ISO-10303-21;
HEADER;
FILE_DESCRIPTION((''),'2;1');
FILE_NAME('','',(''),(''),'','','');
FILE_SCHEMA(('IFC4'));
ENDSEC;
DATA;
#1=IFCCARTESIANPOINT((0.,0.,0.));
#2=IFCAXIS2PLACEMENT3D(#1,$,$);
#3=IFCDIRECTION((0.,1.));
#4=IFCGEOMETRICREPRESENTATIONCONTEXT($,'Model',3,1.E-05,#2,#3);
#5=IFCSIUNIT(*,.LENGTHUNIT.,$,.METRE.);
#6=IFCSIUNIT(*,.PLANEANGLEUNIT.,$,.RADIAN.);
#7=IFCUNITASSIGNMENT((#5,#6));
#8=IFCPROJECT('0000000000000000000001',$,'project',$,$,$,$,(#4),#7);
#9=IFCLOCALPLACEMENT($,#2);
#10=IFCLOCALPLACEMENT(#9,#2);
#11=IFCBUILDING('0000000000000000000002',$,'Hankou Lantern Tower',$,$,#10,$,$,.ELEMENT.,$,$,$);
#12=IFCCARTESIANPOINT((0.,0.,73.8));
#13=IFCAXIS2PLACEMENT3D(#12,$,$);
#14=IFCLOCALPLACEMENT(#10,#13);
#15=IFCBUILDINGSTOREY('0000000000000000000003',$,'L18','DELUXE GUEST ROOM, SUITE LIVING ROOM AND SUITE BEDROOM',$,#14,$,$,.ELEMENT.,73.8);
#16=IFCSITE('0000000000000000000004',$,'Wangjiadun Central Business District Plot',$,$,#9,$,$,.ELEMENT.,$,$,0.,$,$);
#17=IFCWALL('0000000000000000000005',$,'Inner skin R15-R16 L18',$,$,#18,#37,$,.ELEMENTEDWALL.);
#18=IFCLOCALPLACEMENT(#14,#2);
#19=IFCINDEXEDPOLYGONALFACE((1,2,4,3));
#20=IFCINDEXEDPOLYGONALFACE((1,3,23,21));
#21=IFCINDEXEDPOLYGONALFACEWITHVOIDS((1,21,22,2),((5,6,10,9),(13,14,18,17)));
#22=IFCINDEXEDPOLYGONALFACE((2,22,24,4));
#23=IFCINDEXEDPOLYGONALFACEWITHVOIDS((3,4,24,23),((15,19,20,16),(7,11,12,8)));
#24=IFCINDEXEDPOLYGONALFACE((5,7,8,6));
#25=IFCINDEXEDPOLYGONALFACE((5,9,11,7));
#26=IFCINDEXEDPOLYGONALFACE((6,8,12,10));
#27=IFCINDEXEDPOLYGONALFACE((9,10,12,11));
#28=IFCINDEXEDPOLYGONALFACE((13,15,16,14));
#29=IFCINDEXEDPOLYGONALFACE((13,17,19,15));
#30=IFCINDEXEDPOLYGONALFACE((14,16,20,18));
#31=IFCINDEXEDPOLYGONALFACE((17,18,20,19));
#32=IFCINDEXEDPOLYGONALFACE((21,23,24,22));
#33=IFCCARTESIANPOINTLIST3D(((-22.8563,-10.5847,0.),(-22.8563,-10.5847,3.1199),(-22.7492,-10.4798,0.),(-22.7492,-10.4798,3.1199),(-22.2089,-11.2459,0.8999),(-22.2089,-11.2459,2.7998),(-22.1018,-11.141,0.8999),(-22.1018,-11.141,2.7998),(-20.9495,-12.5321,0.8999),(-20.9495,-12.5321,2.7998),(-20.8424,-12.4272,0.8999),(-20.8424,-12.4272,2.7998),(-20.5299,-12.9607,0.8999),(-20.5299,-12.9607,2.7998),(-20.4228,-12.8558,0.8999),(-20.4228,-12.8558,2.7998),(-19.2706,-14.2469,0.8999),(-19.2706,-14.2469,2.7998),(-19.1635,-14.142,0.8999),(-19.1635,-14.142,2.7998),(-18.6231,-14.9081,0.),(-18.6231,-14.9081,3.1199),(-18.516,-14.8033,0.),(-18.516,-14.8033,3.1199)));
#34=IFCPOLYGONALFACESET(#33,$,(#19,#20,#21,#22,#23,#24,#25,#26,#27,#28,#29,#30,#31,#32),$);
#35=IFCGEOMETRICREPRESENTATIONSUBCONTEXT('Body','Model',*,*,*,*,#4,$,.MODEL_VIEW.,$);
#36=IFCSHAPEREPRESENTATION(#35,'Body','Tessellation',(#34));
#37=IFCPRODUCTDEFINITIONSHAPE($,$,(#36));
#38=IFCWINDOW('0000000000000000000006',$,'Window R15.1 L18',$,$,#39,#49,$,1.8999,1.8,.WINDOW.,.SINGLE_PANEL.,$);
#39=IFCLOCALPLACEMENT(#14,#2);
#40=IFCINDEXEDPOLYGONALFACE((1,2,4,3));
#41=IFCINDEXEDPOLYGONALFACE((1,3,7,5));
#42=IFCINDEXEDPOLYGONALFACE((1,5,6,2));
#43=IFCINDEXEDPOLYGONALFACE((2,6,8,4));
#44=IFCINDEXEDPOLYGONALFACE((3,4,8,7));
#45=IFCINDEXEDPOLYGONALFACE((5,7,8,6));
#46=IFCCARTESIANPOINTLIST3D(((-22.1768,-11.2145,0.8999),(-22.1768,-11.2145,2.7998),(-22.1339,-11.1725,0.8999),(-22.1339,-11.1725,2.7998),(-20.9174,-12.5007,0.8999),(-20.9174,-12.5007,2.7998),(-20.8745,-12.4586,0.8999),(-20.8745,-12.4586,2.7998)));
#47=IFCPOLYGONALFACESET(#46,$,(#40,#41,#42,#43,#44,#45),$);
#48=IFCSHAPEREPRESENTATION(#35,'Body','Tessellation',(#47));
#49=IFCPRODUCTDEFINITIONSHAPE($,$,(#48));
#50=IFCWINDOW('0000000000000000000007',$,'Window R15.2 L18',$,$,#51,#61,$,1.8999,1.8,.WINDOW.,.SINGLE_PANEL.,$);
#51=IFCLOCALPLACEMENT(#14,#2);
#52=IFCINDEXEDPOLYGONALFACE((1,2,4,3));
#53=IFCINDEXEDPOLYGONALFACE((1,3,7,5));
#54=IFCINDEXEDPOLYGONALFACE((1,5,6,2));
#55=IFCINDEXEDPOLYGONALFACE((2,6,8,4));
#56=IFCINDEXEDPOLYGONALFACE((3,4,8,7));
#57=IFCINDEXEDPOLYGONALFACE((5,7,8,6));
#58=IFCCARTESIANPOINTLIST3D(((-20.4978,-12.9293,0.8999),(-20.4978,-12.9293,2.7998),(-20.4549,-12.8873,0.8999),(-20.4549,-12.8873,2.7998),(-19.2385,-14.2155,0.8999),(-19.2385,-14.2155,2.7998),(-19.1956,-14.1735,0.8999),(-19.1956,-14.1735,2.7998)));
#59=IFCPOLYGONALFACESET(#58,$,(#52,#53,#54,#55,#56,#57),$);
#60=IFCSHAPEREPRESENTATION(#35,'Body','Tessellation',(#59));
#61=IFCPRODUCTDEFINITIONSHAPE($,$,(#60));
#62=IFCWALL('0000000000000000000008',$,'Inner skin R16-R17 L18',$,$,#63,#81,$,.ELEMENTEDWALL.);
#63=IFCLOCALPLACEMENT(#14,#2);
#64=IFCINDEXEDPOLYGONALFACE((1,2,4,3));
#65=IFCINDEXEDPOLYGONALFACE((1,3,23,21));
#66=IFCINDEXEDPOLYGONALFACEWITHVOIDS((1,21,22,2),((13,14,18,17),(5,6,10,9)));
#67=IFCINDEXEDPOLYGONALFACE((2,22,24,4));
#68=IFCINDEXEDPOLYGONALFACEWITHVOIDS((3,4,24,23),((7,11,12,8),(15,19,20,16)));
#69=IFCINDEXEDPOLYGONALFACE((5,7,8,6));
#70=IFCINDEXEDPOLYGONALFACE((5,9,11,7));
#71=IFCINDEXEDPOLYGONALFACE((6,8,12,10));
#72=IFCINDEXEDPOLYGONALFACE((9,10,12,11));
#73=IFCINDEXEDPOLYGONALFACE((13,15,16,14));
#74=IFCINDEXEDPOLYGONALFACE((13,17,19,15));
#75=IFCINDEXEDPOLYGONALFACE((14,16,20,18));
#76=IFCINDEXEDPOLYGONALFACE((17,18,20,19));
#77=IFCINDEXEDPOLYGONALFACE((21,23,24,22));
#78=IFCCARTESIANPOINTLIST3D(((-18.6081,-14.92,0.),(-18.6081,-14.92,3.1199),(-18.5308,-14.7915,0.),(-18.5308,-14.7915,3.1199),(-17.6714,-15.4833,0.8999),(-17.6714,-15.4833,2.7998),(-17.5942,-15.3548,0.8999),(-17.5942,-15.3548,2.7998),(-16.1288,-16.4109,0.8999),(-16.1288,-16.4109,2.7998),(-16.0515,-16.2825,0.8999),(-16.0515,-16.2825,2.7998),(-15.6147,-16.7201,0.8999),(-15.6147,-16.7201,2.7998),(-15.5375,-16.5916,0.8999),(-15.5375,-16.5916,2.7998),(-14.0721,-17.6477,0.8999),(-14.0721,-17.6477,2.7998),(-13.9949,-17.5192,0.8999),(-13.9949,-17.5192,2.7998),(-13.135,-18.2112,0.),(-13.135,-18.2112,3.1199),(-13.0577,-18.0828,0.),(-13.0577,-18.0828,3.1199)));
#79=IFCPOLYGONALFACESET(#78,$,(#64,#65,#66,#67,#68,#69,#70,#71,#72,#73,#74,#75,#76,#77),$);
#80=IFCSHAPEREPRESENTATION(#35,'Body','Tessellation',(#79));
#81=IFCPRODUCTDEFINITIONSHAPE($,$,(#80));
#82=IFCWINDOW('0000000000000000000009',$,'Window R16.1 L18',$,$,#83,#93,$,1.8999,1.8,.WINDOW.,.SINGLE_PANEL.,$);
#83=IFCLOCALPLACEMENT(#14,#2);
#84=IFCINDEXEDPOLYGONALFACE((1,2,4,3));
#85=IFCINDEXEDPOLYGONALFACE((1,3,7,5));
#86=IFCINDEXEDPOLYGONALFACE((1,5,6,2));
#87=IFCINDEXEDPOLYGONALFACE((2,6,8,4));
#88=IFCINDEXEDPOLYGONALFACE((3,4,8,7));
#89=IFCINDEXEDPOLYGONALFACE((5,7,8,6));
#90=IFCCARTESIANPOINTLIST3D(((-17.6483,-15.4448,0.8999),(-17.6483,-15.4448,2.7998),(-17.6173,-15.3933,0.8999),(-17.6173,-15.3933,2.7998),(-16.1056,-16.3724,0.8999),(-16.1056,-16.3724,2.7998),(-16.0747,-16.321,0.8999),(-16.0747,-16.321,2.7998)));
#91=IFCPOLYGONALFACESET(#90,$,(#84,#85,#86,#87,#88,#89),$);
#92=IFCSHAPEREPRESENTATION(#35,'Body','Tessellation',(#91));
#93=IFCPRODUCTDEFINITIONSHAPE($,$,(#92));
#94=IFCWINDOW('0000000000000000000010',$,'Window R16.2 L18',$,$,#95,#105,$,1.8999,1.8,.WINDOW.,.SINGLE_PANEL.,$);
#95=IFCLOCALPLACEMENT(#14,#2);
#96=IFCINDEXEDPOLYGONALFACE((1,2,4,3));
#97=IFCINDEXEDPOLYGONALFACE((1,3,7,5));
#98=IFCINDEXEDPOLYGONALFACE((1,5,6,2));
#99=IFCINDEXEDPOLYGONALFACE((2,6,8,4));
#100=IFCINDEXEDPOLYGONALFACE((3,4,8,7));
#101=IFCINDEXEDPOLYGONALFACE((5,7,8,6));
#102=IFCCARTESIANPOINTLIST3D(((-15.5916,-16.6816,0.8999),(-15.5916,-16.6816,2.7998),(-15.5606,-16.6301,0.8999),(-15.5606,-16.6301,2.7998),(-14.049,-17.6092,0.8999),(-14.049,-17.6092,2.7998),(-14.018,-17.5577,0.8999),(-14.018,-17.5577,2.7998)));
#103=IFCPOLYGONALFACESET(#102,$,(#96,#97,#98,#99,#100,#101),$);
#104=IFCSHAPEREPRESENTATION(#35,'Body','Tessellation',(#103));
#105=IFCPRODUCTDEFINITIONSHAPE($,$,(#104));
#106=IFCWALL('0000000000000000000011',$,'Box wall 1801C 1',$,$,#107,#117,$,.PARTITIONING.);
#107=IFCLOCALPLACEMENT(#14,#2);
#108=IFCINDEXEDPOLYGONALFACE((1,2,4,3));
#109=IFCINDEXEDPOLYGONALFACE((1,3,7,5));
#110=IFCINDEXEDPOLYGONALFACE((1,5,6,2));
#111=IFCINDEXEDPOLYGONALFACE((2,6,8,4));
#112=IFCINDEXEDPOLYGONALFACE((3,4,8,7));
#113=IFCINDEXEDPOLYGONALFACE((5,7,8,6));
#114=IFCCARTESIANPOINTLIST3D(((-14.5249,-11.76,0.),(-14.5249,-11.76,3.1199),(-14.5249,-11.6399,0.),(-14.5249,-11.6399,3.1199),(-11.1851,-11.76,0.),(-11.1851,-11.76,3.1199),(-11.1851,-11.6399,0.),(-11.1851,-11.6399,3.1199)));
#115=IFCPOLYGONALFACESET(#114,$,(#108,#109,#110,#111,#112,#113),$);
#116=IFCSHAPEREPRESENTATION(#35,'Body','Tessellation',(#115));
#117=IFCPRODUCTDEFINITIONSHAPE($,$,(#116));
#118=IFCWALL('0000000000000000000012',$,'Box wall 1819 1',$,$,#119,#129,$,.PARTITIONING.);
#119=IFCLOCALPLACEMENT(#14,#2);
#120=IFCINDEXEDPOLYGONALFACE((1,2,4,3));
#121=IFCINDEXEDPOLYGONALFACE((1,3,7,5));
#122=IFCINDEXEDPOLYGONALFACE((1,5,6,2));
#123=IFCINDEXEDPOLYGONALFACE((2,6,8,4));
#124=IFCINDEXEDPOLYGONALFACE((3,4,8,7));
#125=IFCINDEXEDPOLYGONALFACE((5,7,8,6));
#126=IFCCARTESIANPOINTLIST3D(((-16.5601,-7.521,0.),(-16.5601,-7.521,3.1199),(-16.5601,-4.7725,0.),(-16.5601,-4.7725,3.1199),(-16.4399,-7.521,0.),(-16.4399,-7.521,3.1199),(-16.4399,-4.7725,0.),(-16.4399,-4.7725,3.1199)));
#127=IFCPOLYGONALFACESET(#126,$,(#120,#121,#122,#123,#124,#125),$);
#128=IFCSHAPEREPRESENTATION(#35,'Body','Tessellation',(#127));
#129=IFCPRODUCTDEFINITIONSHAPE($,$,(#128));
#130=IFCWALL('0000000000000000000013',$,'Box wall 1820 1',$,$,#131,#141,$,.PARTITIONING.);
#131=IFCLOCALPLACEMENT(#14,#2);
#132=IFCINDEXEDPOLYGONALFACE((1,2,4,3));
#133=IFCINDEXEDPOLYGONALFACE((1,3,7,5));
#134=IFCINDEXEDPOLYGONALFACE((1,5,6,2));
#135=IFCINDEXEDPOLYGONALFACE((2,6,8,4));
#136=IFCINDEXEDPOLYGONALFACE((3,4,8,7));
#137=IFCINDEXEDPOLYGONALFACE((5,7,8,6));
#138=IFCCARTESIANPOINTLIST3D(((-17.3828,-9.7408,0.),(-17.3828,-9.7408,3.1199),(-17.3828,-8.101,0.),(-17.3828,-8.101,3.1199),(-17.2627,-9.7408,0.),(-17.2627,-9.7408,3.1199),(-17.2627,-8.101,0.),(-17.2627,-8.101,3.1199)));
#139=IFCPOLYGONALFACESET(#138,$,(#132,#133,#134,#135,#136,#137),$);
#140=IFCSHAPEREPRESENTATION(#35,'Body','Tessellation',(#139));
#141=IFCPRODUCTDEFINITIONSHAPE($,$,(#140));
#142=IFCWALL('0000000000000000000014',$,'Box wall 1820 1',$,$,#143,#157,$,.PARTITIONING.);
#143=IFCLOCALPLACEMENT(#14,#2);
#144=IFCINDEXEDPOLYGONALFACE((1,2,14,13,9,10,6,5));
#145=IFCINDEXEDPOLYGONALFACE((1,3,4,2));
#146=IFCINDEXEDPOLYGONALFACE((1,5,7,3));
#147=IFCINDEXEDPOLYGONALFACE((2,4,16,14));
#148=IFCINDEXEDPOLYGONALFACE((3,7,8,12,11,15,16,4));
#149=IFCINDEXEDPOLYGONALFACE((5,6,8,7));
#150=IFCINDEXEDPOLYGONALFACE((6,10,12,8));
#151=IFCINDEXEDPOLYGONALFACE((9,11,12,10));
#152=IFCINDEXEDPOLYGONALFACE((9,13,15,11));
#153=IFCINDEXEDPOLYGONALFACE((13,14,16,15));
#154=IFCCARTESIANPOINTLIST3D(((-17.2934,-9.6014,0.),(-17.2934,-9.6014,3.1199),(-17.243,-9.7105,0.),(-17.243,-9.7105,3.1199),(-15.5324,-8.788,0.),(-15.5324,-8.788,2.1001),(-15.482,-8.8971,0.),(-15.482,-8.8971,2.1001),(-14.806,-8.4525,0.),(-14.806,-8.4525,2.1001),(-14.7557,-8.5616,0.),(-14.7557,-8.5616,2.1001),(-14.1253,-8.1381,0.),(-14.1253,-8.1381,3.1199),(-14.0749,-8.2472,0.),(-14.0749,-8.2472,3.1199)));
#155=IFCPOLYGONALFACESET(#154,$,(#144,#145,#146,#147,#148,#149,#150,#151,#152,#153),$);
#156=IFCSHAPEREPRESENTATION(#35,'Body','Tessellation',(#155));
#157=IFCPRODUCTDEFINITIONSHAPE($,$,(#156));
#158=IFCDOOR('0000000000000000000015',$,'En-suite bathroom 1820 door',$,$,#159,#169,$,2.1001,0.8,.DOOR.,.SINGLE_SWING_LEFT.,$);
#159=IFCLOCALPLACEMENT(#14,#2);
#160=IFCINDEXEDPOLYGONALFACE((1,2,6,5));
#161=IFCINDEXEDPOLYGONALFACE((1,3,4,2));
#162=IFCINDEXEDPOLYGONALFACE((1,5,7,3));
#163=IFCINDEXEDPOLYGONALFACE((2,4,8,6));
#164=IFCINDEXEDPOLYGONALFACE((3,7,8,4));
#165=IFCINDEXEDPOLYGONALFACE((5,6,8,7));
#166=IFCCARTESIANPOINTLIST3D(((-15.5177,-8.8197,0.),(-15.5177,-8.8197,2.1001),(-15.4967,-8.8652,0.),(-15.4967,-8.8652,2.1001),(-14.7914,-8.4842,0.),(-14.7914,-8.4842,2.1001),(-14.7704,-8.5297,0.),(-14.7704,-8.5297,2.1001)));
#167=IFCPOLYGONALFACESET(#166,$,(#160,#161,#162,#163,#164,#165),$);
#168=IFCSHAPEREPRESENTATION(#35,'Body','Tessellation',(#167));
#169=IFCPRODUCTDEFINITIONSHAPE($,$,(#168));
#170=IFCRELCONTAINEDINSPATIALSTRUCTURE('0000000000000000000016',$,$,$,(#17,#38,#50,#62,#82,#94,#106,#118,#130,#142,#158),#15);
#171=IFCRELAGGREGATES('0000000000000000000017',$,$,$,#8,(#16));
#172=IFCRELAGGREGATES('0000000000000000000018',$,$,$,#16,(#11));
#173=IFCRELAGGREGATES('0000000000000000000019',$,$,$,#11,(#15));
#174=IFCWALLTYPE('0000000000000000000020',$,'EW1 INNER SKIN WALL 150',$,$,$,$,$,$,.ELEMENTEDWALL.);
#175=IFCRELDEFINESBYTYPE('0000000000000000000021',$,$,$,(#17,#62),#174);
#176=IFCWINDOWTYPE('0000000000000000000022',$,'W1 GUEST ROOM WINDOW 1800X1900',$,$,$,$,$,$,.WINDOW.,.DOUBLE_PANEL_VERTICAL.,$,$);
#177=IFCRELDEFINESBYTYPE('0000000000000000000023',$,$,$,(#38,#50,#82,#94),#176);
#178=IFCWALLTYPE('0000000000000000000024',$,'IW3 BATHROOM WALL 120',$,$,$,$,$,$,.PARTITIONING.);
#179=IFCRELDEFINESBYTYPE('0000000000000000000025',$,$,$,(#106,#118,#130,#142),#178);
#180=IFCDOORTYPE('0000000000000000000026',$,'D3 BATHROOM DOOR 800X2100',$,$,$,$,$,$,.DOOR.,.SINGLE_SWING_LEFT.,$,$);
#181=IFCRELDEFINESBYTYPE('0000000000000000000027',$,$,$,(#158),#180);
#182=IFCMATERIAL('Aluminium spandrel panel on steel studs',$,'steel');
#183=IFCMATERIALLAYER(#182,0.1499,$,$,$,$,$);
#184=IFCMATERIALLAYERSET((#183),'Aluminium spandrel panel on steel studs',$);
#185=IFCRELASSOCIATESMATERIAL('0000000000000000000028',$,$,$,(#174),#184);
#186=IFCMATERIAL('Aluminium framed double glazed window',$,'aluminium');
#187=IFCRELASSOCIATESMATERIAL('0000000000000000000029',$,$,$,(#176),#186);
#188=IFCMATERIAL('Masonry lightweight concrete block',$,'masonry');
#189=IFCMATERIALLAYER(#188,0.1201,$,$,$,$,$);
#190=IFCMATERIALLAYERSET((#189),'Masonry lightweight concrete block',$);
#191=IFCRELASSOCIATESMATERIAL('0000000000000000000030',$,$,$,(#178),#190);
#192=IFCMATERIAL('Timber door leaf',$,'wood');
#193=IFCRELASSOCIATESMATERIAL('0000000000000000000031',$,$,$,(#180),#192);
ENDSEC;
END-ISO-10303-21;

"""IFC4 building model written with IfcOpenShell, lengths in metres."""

from ifc_helpers import new_model, si_unit, direction, frame, frame_2d, origin, place, context, subcontext, project, spatial, rectangle, extrude, material, layer, layer_set, type_object, element, fill, save


model = new_model("IFC4")

# Units and contexts
model_context = context("Model", 3, precision=1e-05, world=origin(), true_north=direction((0.0, 1.0)))
body_context = subcontext(model_context, "Body", "Model", "MODEL_VIEW")
ifc_project = project(units=[si_unit("LENGTHUNIT", "METRE"), si_unit("PLANEANGLEUNIT", "RADIAN")], contexts=[model_context])

# Site, building, storey
site_placement = place(None, origin())
site = spatial("IfcSite", under=ifc_project, at=site_placement, Name="Wangjiadun Central Business District Plot", CompositionType="ELEMENT", RefElevation=0.0)
building_placement = place(site_placement, origin())
building = spatial("IfcBuilding", under=site, at=building_placement, Name="Hankou Lantern Tower", CompositionType="ELEMENT")
storey_placement = place(building_placement, frame((0.0, 0.0, 73.8)))
storey = spatial("IfcBuildingStorey", under=building, at=storey_placement, Name="L18", Description="DELUXE GUEST ROOM, SUITE LIVING ROOM AND SUITE BEDROOM", CompositionType="ELEMENT", Elevation=73.8)

# Walls, openings, windows
ifc_material_1 = material(Name="Aluminium spandrel panel on steel studs", Category="steel")
ifc_layer_1 = layer(ifc_material_1, 0.1499)
ifc_layer_set_1 = layer_set([ifc_layer_1], Name="Aluminium spandrel panel on steel studs")
wall_type_1 = type_object("IfcWallType", Name="EW1 INNER SKIN WALL 150", PredefinedType="ELEMENTEDWALL", material=ifc_layer_set_1)
wall_1_placement = place(storey_placement, frame((-22.8027, -10.5322, 0.0), z_axis=(0.0, 0.0, 1.0), x_axis=(0.699603, -0.714532, 0.0)))
wall_1 = element("IfcWall", 1, at=wall_1_placement, inside=storey, type_object=wall_type_1, Name="Inner skin R15-R16 L18", PredefinedType="ELEMENTEDWALL", context=body_context, shape_type="SweptSolid", body=[
    extrude(rectangle(XDim=6.0508, YDim=0.1499, at=frame_2d((3.0254, 0.0))), origin(), (0.0, 0.0, 1.0), 3.1199),
])
opening_1_placement = place(wall_1_placement, frame((0.9255, 0.0, 0.8999)))
opening_1 = element("IfcOpeningElement", 2, at=opening_1_placement, cuts=wall_1, PredefinedType="OPENING", context=body_context, shape_type="SweptSolid", body=[
    extrude(rectangle(XDim=1.8, YDim=1.8999, at=frame_2d((0.8999, 0.95))), frame((0.0, 0.085, 0.0), z_axis=(0.0, -1.0, 0.0), x_axis=(1.0, 0.0, 0.0)), (0.0, 0.0, 1.0), 0.1699),
])
opening_2_placement = place(wall_1_placement, frame((3.3254, 0.0, 0.8999)))
opening_2 = element("IfcOpeningElement", 3, at=opening_2_placement, cuts=wall_1, PredefinedType="OPENING", context=body_context, shape_type="SweptSolid", body=[
    extrude(rectangle(XDim=1.8, YDim=1.8999, at=frame_2d((0.8999, 0.95))), frame((0.0, 0.085, 0.0), z_axis=(0.0, -1.0, 0.0), x_axis=(1.0, 0.0, 0.0)), (0.0, 0.0, 1.0), 0.1699),
])
ifc_material_2 = material(Name="Aluminium framed double glazed window", Category="aluminium")
window_type = type_object("IfcWindowType", Name="W1 GUEST ROOM WINDOW 1800X1900", PartitioningType="DOUBLE_PANEL_VERTICAL", PredefinedType="WINDOW", material=ifc_material_2)
window_1_placement = place(opening_1_placement, origin())
window_1 = element("IfcWindow", 4, at=window_1_placement, inside=storey, type_object=window_type, Name="Window R15.1 L18", OverallHeight=1.8999, OverallWidth=1.8, PartitioningType="SINGLE_PANEL", PredefinedType="WINDOW", context=body_context, shape_type="SweptSolid", body=[
    extrude(rectangle(XDim=1.8, YDim=1.8999, at=frame_2d((0.8999, 0.95))), frame((0.0, 0.03, 0.0), z_axis=(0.0, -1.0, 0.0), x_axis=(1.0, 0.0, 0.0)), (0.0, 0.0, 1.0), 0.0601),
])
fill(opening_1, window_1)
window_2_placement = place(opening_2_placement, origin())
window_2 = element("IfcWindow", 5, at=window_2_placement, inside=storey, type_object=window_type, Name="Window R15.2 L18", OverallHeight=1.8999, OverallWidth=1.8, PartitioningType="SINGLE_PANEL", PredefinedType="WINDOW", context=body_context, shape_type="SweptSolid", body=[
    extrude(rectangle(XDim=1.8, YDim=1.8999, at=frame_2d((0.8999, 0.95))), frame((0.0, 0.03, 0.0), z_axis=(0.0, -1.0, 0.0), x_axis=(1.0, 0.0, 0.0)), (0.0, 0.0, 1.0), 0.0601),
])
fill(opening_2, window_2)
wall_2_placement = place(storey_placement, frame((-18.5696, -14.8557, 0.0), z_axis=(0.0, 0.0, 1.0), x_axis=(0.856983, -0.515344, 0.0)))
wall_2 = element("IfcWall", 6, at=wall_2_placement, inside=storey, type_object=wall_type_1, Name="Inner skin R16-R17 L18", PredefinedType="ELEMENTEDWALL", context=body_context, shape_type="SweptSolid", body=[
    extrude(rectangle(XDim=6.3865, YDim=0.1499, at=frame_2d((3.1934, 0.0))), origin(), (0.0, 0.0, 1.0), 3.1199),
])
opening_3_placement = place(wall_2_placement, frame((1.0933, 0.0, 0.8999)))
opening_3 = element("IfcOpeningElement", 7, at=opening_3_placement, cuts=wall_2, PredefinedType="OPENING", context=body_context, shape_type="SweptSolid", body=[
    extrude(rectangle(XDim=1.8, YDim=1.8999, at=frame_2d((0.8999, 0.95))), frame((0.0, 0.085, 0.0), z_axis=(0.0, -1.0, 0.0), x_axis=(1.0, 0.0, 0.0)), (0.0, 0.0, 1.0), 0.1699),
])
opening_4_placement = place(wall_2_placement, frame((3.4932, 0.0, 0.8999)))
opening_4 = element("IfcOpeningElement", 8, at=opening_4_placement, cuts=wall_2, PredefinedType="OPENING", context=body_context, shape_type="SweptSolid", body=[
    extrude(rectangle(XDim=1.8, YDim=1.8999, at=frame_2d((0.8999, 0.95))), frame((0.0, 0.085, 0.0), z_axis=(0.0, -1.0, 0.0), x_axis=(1.0, 0.0, 0.0)), (0.0, 0.0, 1.0), 0.1699),
])
window_3_placement = place(opening_3_placement, origin())
window_3 = element("IfcWindow", 9, at=window_3_placement, inside=storey, type_object=window_type, Name="Window R16.1 L18", OverallHeight=1.8999, OverallWidth=1.8, PartitioningType="SINGLE_PANEL", PredefinedType="WINDOW", context=body_context, shape_type="SweptSolid", body=[
    extrude(rectangle(XDim=1.8, YDim=1.8999, at=frame_2d((0.8999, 0.95))), frame((0.0, 0.03, 0.0), z_axis=(0.0, -1.0, 0.0), x_axis=(1.0, 0.0, 0.0)), (0.0, 0.0, 1.0), 0.0601),
])
fill(opening_3, window_3)
window_4_placement = place(opening_4_placement, origin())
window_4 = element("IfcWindow", 10, at=window_4_placement, inside=storey, type_object=window_type, Name="Window R16.2 L18", OverallHeight=1.8999, OverallWidth=1.8, PartitioningType="SINGLE_PANEL", PredefinedType="WINDOW", context=body_context, shape_type="SweptSolid", body=[
    extrude(rectangle(XDim=1.8, YDim=1.8999, at=frame_2d((0.8999, 0.95))), frame((0.0, 0.03, 0.0), z_axis=(0.0, -1.0, 0.0), x_axis=(1.0, 0.0, 0.0)), (0.0, 0.0, 1.0), 0.0601),
])
fill(opening_4, window_4)

# Walls
ifc_material_3 = material(Name="Masonry lightweight concrete block", Category="masonry")
ifc_layer_2 = layer(ifc_material_3, 0.1201)
ifc_layer_set_2 = layer_set([ifc_layer_2], Name="Masonry lightweight concrete block")
wall_type_2 = type_object("IfcWallType", Name="IW3 BATHROOM WALL 120", PredefinedType="PARTITIONING", material=ifc_layer_set_2)
wall_3_placement = place(storey_placement, frame((-14.5249, -11.7, 0.0), z_axis=(0.0, 0.0, 1.0), x_axis=(1.0, 0.0, 0.0)))
element("IfcWall", 11, at=wall_3_placement, inside=storey, type_object=wall_type_2, Name="Box wall 1801C 1", PredefinedType="PARTITIONING", context=body_context, shape_type="SweptSolid", body=[
    extrude(rectangle(XDim=3.3398, YDim=0.1201, at=frame_2d((1.6699, 0.0))), origin(), (0.0, 0.0, 1.0), 3.1199),
])
wall_4_placement = place(storey_placement, frame((-16.5, -7.521, 0.0), z_axis=(0.0, 0.0, 1.0), x_axis=(0.0, 1.0, 0.0)))
element("IfcWall", 12, at=wall_4_placement, inside=storey, type_object=wall_type_2, Name="Box wall 1819 1", PredefinedType="PARTITIONING", context=body_context, shape_type="SweptSolid", body=[
    extrude(rectangle(XDim=2.7485, YDim=0.1201, at=frame_2d((1.3743, 0.0))), origin(), (0.0, 0.0, 1.0), 3.1199),
])
wall_5_placement = place(storey_placement, frame((-17.3228, -8.1011, 0.0), z_axis=(0.0, 0.0, 1.0), x_axis=(0.0, -1.0, 0.0)))
element("IfcWall", 13, at=wall_5_placement, inside=storey, type_object=wall_type_2, Name="Box wall 1820 1", PredefinedType="PARTITIONING", context=body_context, shape_type="SweptSolid", body=[
    extrude(rectangle(XDim=1.6399, YDim=0.1201, at=frame_2d((0.8198, 0.0))), origin(), (0.0, 0.0, 1.0), 3.1199),
])

# Wall, opening, door
wall_6_placement = place(storey_placement, frame((-14.1001, -8.1926, 0.0), z_axis=(0.0, 0.0, 1.0), x_axis=(-0.907836, -0.419324, 0.0)))
wall_6 = element("IfcWall", 14, at=wall_6_placement, inside=storey, type_object=wall_type_2, Name="Box wall 1820 1", PredefinedType="PARTITIONING", context=body_context, shape_type="SweptSolid", body=[
    extrude(rectangle(XDim=3.4897, YDim=0.1201, at=frame_2d((1.7449, 0.0))), origin(), (0.0, 0.0, 1.0), 3.1199),
])
opening_5_placement = place(wall_6_placement, frame((0.75, 0.0, 0.0)))
opening_5 = element("IfcOpeningElement", 15, at=opening_5_placement, cuts=wall_6, PredefinedType="OPENING", context=body_context, shape_type="SweptSolid", body=[
    extrude(rectangle(XDim=0.8, YDim=2.1001, at=frame_2d((0.3999, 1.05))), frame((0.0, 0.0701, 0.0), z_axis=(0.0, -1.0, 0.0), x_axis=(1.0, 0.0, 0.0)), (0.0, 0.0, 1.0), 0.1401),
])
ifc_material_4 = material(Name="Timber door leaf", Category="wood")
door_type = type_object("IfcDoorType", Name="D3 BATHROOM DOOR 800X2100", OperationType="SINGLE_SWING_LEFT", PredefinedType="DOOR", material=ifc_material_4)
door_placement = place(opening_5_placement, origin())
door = element("IfcDoor", 16, at=door_placement, inside=storey, type_object=door_type, Name="En-suite bathroom 1820 door", OperationType="SINGLE_SWING_LEFT", OverallHeight=2.1001, OverallWidth=0.8, PredefinedType="DOOR", context=body_context, shape_type="SweptSolid", body=[
    extrude(rectangle(XDim=0.8, YDim=2.1001, at=frame_2d((0.3999, 1.05))), frame((0.0, 0.0249, 0.0), z_axis=(0.0, -1.0, 0.0), x_axis=(1.0, 0.0, 0.0)), (0.0, 0.0, 1.0), 0.05),
])
fill(opening_5, door)

save(model, "model.ifc")
